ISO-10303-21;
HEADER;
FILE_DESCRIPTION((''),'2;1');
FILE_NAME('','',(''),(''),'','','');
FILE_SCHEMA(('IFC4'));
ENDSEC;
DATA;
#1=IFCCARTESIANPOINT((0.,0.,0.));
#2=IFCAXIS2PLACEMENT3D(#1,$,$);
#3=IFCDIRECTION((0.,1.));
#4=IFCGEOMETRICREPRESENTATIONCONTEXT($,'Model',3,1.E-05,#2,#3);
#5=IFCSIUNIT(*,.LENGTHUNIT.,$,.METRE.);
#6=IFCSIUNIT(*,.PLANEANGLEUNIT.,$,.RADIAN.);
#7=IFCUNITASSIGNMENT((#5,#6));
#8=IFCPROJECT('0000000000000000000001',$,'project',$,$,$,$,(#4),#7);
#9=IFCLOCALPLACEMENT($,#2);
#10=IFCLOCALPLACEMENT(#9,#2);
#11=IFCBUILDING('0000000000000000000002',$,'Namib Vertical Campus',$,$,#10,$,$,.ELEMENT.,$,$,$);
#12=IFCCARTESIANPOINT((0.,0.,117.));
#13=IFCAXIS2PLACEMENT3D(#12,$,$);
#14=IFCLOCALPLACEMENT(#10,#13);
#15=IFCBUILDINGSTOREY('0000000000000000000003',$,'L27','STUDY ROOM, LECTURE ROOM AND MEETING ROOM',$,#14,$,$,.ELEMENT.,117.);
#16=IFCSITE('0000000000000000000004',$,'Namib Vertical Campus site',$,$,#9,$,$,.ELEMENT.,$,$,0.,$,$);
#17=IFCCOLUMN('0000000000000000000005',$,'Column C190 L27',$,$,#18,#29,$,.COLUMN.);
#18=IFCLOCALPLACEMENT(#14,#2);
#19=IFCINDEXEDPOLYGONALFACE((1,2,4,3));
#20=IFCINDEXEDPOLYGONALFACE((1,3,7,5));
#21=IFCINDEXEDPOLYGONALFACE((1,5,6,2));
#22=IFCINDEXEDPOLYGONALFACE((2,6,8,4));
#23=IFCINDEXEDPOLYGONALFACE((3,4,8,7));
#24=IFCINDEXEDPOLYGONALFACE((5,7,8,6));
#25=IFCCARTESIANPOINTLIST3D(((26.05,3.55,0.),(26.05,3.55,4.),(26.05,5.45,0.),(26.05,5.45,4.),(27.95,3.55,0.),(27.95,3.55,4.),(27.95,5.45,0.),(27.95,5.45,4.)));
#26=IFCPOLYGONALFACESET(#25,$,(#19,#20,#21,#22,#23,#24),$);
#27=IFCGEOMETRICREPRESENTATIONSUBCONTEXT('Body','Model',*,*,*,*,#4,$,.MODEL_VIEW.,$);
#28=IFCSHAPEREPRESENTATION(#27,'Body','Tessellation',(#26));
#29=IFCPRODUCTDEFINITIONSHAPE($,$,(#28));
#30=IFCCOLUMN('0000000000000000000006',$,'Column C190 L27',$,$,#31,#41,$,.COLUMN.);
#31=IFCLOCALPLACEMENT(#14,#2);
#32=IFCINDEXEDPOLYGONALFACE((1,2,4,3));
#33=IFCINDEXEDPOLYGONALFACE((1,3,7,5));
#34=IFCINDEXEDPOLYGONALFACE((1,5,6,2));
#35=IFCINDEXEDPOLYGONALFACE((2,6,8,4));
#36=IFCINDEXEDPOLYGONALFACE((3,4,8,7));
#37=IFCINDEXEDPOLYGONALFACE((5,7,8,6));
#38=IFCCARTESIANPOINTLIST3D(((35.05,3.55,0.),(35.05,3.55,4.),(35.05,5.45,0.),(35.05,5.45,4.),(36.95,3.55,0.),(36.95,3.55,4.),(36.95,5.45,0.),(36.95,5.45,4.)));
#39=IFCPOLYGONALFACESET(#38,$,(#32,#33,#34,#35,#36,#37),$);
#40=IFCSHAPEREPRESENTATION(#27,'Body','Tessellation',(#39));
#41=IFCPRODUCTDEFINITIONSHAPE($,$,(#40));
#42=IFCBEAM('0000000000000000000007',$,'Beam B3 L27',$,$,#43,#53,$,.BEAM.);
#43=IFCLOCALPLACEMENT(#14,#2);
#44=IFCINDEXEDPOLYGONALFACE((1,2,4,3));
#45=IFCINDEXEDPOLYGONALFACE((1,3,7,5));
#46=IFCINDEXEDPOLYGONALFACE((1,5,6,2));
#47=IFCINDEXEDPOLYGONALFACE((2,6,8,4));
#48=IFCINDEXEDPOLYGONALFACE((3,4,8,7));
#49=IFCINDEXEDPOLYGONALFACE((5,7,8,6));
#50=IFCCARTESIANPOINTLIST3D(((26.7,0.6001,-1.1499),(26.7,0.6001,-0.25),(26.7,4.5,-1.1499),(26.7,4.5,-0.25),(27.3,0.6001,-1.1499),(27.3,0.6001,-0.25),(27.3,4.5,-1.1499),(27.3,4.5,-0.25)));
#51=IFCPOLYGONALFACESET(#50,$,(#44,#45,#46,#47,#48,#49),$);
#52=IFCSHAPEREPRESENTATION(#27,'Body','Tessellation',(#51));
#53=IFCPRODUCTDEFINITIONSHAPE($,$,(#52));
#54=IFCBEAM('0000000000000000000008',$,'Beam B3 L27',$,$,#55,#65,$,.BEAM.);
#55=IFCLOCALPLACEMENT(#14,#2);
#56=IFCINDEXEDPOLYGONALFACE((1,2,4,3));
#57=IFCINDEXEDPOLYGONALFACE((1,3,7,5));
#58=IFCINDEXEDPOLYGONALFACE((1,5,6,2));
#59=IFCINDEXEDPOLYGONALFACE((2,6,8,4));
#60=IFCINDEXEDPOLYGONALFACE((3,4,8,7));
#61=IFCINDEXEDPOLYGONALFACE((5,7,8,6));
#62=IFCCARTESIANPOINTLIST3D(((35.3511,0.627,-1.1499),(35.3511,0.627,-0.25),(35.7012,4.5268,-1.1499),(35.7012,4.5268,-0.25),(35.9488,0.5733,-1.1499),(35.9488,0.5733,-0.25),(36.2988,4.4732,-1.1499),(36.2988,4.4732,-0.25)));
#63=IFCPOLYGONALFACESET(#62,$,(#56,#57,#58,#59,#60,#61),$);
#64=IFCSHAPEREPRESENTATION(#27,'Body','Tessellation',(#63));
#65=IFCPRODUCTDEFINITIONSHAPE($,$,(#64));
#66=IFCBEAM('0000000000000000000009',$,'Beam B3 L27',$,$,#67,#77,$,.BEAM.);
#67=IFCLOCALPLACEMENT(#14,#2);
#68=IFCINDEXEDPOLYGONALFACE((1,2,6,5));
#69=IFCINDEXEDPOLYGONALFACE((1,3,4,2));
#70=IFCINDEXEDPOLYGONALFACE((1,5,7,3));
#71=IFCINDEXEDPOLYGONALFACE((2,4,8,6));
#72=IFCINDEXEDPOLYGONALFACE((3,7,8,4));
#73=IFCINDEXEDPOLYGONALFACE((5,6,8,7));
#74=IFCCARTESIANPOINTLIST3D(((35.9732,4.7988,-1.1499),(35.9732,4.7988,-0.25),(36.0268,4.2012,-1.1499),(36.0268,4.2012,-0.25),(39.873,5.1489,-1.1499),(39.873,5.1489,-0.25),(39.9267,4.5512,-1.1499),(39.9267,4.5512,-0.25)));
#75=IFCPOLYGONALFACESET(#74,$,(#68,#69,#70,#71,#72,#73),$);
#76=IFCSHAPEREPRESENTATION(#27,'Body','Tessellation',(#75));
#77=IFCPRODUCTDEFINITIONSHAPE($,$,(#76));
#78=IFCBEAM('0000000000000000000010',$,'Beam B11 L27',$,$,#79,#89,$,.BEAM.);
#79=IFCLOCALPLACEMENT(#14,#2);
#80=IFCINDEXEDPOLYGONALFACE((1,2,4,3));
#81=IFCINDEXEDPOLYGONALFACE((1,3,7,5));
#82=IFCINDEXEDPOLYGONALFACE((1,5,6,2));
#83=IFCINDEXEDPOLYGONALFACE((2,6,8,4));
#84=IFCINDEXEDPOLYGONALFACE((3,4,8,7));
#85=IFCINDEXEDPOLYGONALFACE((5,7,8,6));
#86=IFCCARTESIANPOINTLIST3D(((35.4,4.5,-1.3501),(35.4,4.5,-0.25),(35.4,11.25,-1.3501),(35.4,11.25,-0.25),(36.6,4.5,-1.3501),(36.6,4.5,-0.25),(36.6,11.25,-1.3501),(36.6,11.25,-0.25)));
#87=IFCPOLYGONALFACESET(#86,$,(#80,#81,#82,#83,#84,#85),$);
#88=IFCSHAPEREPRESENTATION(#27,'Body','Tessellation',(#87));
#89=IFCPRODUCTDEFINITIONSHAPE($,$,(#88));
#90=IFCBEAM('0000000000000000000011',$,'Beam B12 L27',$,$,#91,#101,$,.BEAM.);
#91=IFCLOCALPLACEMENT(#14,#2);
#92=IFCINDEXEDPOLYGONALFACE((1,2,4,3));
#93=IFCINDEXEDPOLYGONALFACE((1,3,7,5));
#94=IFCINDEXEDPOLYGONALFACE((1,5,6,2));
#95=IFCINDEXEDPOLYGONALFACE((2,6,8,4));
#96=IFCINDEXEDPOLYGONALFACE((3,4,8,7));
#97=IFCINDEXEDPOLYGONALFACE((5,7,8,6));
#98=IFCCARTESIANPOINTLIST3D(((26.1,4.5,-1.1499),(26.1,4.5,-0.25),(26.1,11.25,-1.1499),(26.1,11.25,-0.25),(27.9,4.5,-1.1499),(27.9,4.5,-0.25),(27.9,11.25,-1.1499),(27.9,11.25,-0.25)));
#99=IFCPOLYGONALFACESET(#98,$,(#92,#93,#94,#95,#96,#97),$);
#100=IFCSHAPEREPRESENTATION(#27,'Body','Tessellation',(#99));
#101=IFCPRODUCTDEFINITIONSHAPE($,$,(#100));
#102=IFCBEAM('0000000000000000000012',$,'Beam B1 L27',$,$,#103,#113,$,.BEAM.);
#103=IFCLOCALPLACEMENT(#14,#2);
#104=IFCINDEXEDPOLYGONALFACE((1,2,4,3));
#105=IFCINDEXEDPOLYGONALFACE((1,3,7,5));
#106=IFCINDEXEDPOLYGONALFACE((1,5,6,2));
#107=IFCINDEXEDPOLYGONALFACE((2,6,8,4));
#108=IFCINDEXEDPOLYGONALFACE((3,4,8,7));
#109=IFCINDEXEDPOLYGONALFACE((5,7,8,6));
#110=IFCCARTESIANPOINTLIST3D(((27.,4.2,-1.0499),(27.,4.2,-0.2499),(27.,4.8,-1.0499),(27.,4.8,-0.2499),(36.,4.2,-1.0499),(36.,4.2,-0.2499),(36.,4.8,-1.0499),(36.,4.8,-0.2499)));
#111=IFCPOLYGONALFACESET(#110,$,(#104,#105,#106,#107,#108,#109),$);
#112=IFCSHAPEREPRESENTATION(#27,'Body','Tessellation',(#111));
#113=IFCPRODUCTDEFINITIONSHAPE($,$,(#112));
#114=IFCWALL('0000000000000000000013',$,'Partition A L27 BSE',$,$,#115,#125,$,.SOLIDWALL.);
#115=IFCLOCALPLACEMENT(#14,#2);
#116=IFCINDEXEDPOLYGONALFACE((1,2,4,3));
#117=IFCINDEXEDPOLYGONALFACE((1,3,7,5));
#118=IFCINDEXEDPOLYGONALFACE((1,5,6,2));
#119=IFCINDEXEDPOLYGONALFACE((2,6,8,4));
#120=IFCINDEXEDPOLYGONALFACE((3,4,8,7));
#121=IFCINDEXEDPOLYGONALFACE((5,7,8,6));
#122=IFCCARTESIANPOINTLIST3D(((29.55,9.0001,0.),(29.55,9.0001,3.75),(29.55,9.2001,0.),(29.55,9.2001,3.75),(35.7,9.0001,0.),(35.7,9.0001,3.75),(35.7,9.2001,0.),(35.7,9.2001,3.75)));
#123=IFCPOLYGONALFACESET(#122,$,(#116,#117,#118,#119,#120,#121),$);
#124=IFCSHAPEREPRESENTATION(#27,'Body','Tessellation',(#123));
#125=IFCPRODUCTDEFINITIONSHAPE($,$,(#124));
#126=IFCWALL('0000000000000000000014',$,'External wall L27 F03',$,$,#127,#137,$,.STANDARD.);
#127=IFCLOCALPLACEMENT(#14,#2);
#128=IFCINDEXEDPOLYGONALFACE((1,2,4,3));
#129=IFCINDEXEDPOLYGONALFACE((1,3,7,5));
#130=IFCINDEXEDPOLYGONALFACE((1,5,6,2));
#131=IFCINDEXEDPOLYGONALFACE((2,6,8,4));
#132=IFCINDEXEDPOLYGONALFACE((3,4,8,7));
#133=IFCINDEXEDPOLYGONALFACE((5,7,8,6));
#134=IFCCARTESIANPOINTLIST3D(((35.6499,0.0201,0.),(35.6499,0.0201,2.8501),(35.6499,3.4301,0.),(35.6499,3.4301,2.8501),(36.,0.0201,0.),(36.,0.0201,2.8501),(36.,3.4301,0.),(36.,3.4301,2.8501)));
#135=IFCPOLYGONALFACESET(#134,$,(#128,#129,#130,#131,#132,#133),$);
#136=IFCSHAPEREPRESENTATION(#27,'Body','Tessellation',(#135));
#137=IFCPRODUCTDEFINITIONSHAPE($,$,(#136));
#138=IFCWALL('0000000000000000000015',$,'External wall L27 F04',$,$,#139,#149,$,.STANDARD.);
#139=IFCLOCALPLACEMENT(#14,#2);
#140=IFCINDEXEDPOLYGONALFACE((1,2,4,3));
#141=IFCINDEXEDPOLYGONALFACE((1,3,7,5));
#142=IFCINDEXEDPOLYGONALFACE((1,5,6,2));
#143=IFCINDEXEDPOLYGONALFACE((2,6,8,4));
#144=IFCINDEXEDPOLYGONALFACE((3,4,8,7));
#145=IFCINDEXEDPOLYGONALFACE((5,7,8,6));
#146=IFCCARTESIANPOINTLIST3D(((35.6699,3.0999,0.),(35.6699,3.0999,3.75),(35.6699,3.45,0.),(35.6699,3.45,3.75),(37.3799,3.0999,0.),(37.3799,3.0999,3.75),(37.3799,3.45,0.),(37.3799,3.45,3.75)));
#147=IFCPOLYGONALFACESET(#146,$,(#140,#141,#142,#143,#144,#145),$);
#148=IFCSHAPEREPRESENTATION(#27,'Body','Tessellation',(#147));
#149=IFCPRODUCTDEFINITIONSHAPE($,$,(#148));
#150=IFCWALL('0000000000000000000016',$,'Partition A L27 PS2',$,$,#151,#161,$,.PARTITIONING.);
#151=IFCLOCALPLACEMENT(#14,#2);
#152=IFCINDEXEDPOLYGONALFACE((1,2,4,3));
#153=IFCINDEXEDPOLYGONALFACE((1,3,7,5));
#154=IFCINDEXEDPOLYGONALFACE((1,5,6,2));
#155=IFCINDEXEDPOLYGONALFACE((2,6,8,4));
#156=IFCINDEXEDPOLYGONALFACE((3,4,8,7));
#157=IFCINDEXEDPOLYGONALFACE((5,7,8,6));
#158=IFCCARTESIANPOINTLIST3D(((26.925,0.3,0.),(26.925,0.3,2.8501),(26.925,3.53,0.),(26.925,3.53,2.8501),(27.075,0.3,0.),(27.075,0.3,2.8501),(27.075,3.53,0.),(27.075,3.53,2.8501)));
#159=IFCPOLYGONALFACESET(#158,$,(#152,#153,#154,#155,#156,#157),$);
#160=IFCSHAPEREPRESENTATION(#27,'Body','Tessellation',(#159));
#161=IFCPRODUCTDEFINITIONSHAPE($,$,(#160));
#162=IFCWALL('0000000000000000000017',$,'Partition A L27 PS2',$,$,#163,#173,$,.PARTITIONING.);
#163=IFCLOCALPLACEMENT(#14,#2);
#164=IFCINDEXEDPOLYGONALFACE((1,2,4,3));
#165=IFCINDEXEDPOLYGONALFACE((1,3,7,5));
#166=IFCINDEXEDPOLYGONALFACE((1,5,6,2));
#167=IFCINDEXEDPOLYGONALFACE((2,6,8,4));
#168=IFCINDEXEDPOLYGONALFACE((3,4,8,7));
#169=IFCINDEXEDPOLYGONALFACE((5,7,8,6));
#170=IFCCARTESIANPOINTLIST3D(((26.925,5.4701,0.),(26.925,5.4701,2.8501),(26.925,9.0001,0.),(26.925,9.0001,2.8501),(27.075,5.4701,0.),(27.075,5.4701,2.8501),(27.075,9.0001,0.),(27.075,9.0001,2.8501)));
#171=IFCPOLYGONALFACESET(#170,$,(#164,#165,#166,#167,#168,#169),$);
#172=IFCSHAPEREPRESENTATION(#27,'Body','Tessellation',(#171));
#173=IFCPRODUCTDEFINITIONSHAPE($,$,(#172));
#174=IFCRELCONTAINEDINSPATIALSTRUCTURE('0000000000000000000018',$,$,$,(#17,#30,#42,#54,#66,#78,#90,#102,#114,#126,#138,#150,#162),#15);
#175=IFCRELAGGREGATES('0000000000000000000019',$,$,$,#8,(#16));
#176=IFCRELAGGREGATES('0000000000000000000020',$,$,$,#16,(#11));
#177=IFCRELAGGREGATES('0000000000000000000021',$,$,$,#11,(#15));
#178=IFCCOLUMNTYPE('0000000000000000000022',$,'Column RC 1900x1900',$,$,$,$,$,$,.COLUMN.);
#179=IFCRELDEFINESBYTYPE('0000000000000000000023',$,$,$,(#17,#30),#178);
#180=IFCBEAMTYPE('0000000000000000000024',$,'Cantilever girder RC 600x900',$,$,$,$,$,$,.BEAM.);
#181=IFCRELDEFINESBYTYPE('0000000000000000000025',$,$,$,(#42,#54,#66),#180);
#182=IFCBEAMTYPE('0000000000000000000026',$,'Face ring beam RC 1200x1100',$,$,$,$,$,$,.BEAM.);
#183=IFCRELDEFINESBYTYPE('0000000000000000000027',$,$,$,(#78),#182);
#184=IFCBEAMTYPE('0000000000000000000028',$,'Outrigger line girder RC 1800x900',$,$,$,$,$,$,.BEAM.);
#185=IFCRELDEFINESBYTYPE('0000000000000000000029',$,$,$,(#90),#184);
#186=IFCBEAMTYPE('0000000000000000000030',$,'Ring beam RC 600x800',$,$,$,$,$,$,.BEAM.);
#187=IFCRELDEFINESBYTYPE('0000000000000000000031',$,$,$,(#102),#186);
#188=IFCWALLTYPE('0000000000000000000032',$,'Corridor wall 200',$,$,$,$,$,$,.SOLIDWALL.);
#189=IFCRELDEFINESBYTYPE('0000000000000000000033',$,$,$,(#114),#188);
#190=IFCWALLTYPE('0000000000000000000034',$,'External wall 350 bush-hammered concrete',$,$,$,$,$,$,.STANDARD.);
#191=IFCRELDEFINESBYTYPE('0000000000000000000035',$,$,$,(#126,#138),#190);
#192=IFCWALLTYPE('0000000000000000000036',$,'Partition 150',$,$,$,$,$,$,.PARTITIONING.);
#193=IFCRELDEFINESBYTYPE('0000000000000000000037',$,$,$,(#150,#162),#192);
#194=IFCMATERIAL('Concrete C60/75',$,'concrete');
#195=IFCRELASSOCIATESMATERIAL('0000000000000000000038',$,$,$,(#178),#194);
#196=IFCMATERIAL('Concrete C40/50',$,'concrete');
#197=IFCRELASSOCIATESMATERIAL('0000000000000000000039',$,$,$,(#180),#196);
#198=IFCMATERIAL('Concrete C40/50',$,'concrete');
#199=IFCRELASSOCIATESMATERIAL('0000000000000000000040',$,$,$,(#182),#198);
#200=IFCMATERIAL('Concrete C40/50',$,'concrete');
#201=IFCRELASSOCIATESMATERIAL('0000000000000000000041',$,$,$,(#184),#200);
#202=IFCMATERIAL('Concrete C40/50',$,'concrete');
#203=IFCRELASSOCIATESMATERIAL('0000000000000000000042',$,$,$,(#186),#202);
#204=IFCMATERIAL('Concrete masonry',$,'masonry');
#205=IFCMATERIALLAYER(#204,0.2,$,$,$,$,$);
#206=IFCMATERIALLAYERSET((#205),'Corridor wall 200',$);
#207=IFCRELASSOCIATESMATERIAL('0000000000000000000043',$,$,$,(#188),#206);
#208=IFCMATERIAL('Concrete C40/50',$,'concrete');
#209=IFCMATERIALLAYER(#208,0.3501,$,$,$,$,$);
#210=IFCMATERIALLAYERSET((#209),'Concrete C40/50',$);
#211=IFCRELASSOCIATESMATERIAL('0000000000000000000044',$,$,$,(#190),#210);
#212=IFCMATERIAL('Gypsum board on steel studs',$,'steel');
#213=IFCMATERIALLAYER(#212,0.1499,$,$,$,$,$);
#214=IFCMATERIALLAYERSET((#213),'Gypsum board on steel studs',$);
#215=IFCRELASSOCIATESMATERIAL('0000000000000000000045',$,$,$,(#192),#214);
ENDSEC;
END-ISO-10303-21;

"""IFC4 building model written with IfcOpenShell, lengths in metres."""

from ifc_helpers import new_model, si_unit, direction, frame, frame_2d, origin, origin_2d, place, context, subcontext, project, spatial, rectangle, extrude, material, layer, layer_set, material_profile, profile_set, type_object, element, save


model = new_model("IFC4")

# Units and contexts
model_context = context("Model", 3, precision=1e-05, world=origin(), true_north=direction((0.0, 1.0)))
body_context = subcontext(model_context, "Body", "Model", "MODEL_VIEW")
ifc_project = project(units=[si_unit("LENGTHUNIT", "METRE"), si_unit("PLANEANGLEUNIT", "RADIAN")], contexts=[model_context])

# Site, building, storey
site_placement = place(None, origin())
site = spatial("IfcSite", under=ifc_project, at=site_placement, Name="Namib Vertical Campus site", CompositionType="ELEMENT", RefElevation=0.0)
building_placement = place(site_placement, origin())
building = spatial("IfcBuilding", under=site, at=building_placement, Name="Namib Vertical Campus", CompositionType="ELEMENT")
storey_placement = place(building_placement, frame((0.0, 0.0, 117.0)))
storey = spatial("IfcBuildingStorey", under=building, at=storey_placement, Name="L27", Description="STUDY ROOM, LECTURE ROOM AND MEETING ROOM", CompositionType="ELEMENT", Elevation=117.0)

# Columns
ifc_material_1 = material(Name="Concrete C60/75", Category="concrete")
ifc_material_profile_1 = material_profile(ifc_material_1, rectangle(XDim=1.8999, YDim=1.8999, at=origin_2d()))
ifc_profile_set_1 = profile_set([ifc_material_profile_1], Name="Concrete C60/75")
column_type = type_object("IfcColumnType", Name="Column RC 1900x1900", PredefinedType="COLUMN", material=ifc_profile_set_1)
for number, where, z_axis, x_axis, name in (
    (1, (27.0, 4.5, 0.0), (0.0, 0.0, 1.0), (1.0, 0.0, 0.0), "Column C190 L27"),
    (2, (36.0, 4.5, 0.0), (0.0, 0.0, 1.0), (1.0, 0.0, 0.0), "Column C190 L27"),
):
    element("IfcColumn", number, at=place(storey_placement, frame(where, z_axis=z_axis, x_axis=x_axis)), inside=storey, type_object=column_type, Name=name, PredefinedType="COLUMN", context=body_context, shape_type="SweptSolid", body=[
        extrude(rectangle(XDim=1.8999, YDim=1.8999, at=origin_2d()), origin(), (0.0, 0.0, 1.0), 4.0),
    ])

# Beams
ifc_material_2 = material(Name="Concrete C40/50", Category="concrete")
ifc_material_profile_2 = material_profile(ifc_material_2, rectangle(XDim=0.6001, YDim=0.8999, at=origin_2d()))
ifc_profile_set_2 = profile_set([ifc_material_profile_2], Name="Concrete C40/50")
beam_type_1 = type_object("IfcBeamType", Name="Cantilever girder RC 600x900", PredefinedType="BEAM", material=ifc_profile_set_2)
beam_1_placement = place(storey_placement, frame((27.0, 4.5, -0.7), z_axis=(0.0, -1.0, 0.0), x_axis=(1.0, 0.0, 0.0)))
element("IfcBeam", 3, at=beam_1_placement, inside=storey, type_object=beam_type_1, Name="Beam B3 L27", PredefinedType="BEAM", context=body_context, shape_type="SweptSolid", body=[
    extrude(rectangle(XDim=0.6001, YDim=0.8999, at=origin_2d()), origin(), (0.0, 0.0, 1.0), 3.8999),
])
for number, where, z_axis, x_axis, name in (
    (4, (36.0, 4.5, -0.7), (-0.089411, -0.995995, 0.0), (0.995995, -0.089411, 0.0), "Beam B3 L27"),
    (5, (36.0, 4.5, -0.7), (0.995995, 0.089411, 0.0), (-0.089411, 0.995995, 0.0), "Beam B3 L27"),
):
    element("IfcBeam", number, at=place(storey_placement, frame(where, z_axis=z_axis, x_axis=x_axis)), inside=storey, type_object=beam_type_1, Name=name, PredefinedType="BEAM", context=body_context, shape_type="SweptSolid", body=[
        extrude(rectangle(XDim=0.6001, YDim=0.8999, at=origin_2d()), origin(), (0.0, 0.0, 1.0), 3.9155),
    ])
ifc_material_3 = material(Name="Concrete C40/50", Category="concrete")
ifc_material_profile_3 = material_profile(ifc_material_3, rectangle(XDim=1.2, YDim=1.1001, at=origin_2d()))
ifc_profile_set_3 = profile_set([ifc_material_profile_3], Name="Concrete C40/50")
beam_type_2 = type_object("IfcBeamType", Name="Face ring beam RC 1200x1100", PredefinedType="BEAM", material=ifc_profile_set_3)
beam_2_placement = place(storey_placement, frame((36.0, 4.5, -0.8), z_axis=(0.0, 1.0, 0.0), x_axis=(-1.0, 0.0, 0.0)))
element("IfcBeam", 6, at=beam_2_placement, inside=storey, type_object=beam_type_2, Name="Beam B11 L27", PredefinedType="BEAM", context=body_context, shape_type="SweptSolid", body=[
    extrude(rectangle(XDim=1.2, YDim=1.1001, at=origin_2d()), origin(), (0.0, 0.0, 1.0), 6.75),
])
ifc_material_4 = material(Name="Concrete C40/50", Category="concrete")
ifc_material_profile_4 = material_profile(ifc_material_4, rectangle(XDim=1.8, YDim=0.8999, at=origin_2d()))
ifc_profile_set_4 = profile_set([ifc_material_profile_4], Name="Concrete C40/50")
beam_type_3 = type_object("IfcBeamType", Name="Outrigger line girder RC 1800x900", PredefinedType="BEAM", material=ifc_profile_set_4)
beam_3_placement = place(storey_placement, frame((27.0, 4.5, -0.7), z_axis=(0.0, 1.0, 0.0), x_axis=(-1.0, 0.0, 0.0)))
element("IfcBeam", 7, at=beam_3_placement, inside=storey, type_object=beam_type_3, Name="Beam B12 L27", PredefinedType="BEAM", context=body_context, shape_type="SweptSolid", body=[
    extrude(rectangle(XDim=1.8, YDim=0.8999, at=origin_2d()), origin(), (0.0, 0.0, 1.0), 6.75),
])
ifc_material_5 = material(Name="Concrete C40/50", Category="concrete")
ifc_material_profile_5 = material_profile(ifc_material_5, rectangle(XDim=0.6001, YDim=0.8, at=origin_2d()))
ifc_profile_set_5 = profile_set([ifc_material_profile_5], Name="Concrete C40/50")
beam_type_4 = type_object("IfcBeamType", Name="Ring beam RC 600x800", PredefinedType="BEAM", material=ifc_profile_set_5)
beam_4_placement = place(storey_placement, frame((27.0, 4.5, -0.6499), z_axis=(1.0, 0.0, 0.0), x_axis=(0.0, 1.0, 0.0)))
element("IfcBeam", 8, at=beam_4_placement, inside=storey, type_object=beam_type_4, Name="Beam B1 L27", PredefinedType="BEAM", context=body_context, shape_type="SweptSolid", body=[
    extrude(rectangle(XDim=0.6001, YDim=0.8, at=origin_2d()), origin(), (0.0, 0.0, 1.0), 9.0),
])

# Walls
ifc_material_6 = material(Name="Concrete masonry", Category="masonry")
ifc_layer_1 = layer(ifc_material_6, 0.2)
ifc_layer_set_1 = layer_set([ifc_layer_1], Name="Corridor wall 200")
wall_type_1 = type_object("IfcWallType", Name="Corridor wall 200", PredefinedType="SOLIDWALL", material=ifc_layer_set_1)
wall_1_placement = place(storey_placement, frame((29.55, 9.1001, 0.0), z_axis=(0.0, 0.0, 1.0), x_axis=(1.0, 0.0, 0.0)))
element("IfcWall", 9, at=wall_1_placement, inside=storey, type_object=wall_type_1, Name="Partition A L27 BSE", PredefinedType="SOLIDWALL", context=body_context, shape_type="SweptSolid", body=[
    extrude(rectangle(XDim=6.1499, YDim=0.2, at=frame_2d((3.075, 0.0))), origin(), (0.0, 0.0, 1.0), 3.75),
])
ifc_material_7 = material(Name="Concrete C40/50", Category="concrete")
ifc_layer_2 = layer(ifc_material_7, 0.3501)
ifc_layer_set_2 = layer_set([ifc_layer_2], Name="Concrete C40/50")
wall_type_2 = type_object("IfcWallType", Name="External wall 350 bush-hammered concrete", PredefinedType="STANDARD", material=ifc_layer_set_2)
wall_2_placement = place(storey_placement, frame((35.825, 0.02, 0.0), z_axis=(0.0, 0.0, 1.0), x_axis=(0.0, 1.0, 0.0)))
element("IfcWall", 10, at=wall_2_placement, inside=storey, type_object=wall_type_2, Name="External wall L27 F03", PredefinedType="STANDARD", context=body_context, shape_type="SweptSolid", body=[
    extrude(rectangle(XDim=3.4099, YDim=0.3501, at=frame_2d((1.7051, 0.0))), origin(), (0.0, 0.0, 1.0), 2.8501),
])
wall_3_placement = place(storey_placement, frame((35.6699, 3.2749, 0.0), z_axis=(0.0, 0.0, 1.0), x_axis=(1.0, 0.0, 0.0)))
element("IfcWall", 11, at=wall_3_placement, inside=storey, type_object=wall_type_2, Name="External wall L27 F04", PredefinedType="STANDARD", context=body_context, shape_type="SweptSolid", body=[
    extrude(rectangle(XDim=1.71, YDim=0.3501, at=frame_2d((0.855, 0.0))), origin(), (0.0, 0.0, 1.0), 3.75),
])
ifc_material_8 = material(Name="Gypsum board on steel studs", Category="steel")
ifc_layer_3 = layer(ifc_material_8, 0.1499)
ifc_layer_set_3 = layer_set([ifc_layer_3], Name="Gypsum board on steel studs")
wall_type_3 = type_object("IfcWallType", Name="Partition 150", PredefinedType="PARTITIONING", material=ifc_layer_set_3)
wall_4_placement = place(storey_placement, frame((27.0, 0.3, 0.0), z_axis=(0.0, 0.0, 1.0), x_axis=(0.0, 1.0, 0.0)))
element("IfcWall", 12, at=wall_4_placement, inside=storey, type_object=wall_type_3, Name="Partition A L27 PS2", PredefinedType="PARTITIONING", context=body_context, shape_type="SweptSolid", body=[
    extrude(rectangle(XDim=3.23, YDim=0.1499, at=frame_2d((1.615, 0.0))), origin(), (0.0, 0.0, 1.0), 2.8501),
])
wall_5_placement = place(storey_placement, frame((27.0, 5.47, 0.0), z_axis=(0.0, 0.0, 1.0), x_axis=(0.0, 1.0, 0.0)))
element("IfcWall", 13, at=wall_5_placement, inside=storey, type_object=wall_type_3, Name="Partition A L27 PS2", PredefinedType="PARTITIONING", context=body_context, shape_type="SweptSolid", body=[
    extrude(rectangle(XDim=3.53, YDim=0.1499, at=frame_2d((1.7651, 0.0))), origin(), (0.0, 0.0, 1.0), 2.8501),
])

save(model, "model.ifc")
